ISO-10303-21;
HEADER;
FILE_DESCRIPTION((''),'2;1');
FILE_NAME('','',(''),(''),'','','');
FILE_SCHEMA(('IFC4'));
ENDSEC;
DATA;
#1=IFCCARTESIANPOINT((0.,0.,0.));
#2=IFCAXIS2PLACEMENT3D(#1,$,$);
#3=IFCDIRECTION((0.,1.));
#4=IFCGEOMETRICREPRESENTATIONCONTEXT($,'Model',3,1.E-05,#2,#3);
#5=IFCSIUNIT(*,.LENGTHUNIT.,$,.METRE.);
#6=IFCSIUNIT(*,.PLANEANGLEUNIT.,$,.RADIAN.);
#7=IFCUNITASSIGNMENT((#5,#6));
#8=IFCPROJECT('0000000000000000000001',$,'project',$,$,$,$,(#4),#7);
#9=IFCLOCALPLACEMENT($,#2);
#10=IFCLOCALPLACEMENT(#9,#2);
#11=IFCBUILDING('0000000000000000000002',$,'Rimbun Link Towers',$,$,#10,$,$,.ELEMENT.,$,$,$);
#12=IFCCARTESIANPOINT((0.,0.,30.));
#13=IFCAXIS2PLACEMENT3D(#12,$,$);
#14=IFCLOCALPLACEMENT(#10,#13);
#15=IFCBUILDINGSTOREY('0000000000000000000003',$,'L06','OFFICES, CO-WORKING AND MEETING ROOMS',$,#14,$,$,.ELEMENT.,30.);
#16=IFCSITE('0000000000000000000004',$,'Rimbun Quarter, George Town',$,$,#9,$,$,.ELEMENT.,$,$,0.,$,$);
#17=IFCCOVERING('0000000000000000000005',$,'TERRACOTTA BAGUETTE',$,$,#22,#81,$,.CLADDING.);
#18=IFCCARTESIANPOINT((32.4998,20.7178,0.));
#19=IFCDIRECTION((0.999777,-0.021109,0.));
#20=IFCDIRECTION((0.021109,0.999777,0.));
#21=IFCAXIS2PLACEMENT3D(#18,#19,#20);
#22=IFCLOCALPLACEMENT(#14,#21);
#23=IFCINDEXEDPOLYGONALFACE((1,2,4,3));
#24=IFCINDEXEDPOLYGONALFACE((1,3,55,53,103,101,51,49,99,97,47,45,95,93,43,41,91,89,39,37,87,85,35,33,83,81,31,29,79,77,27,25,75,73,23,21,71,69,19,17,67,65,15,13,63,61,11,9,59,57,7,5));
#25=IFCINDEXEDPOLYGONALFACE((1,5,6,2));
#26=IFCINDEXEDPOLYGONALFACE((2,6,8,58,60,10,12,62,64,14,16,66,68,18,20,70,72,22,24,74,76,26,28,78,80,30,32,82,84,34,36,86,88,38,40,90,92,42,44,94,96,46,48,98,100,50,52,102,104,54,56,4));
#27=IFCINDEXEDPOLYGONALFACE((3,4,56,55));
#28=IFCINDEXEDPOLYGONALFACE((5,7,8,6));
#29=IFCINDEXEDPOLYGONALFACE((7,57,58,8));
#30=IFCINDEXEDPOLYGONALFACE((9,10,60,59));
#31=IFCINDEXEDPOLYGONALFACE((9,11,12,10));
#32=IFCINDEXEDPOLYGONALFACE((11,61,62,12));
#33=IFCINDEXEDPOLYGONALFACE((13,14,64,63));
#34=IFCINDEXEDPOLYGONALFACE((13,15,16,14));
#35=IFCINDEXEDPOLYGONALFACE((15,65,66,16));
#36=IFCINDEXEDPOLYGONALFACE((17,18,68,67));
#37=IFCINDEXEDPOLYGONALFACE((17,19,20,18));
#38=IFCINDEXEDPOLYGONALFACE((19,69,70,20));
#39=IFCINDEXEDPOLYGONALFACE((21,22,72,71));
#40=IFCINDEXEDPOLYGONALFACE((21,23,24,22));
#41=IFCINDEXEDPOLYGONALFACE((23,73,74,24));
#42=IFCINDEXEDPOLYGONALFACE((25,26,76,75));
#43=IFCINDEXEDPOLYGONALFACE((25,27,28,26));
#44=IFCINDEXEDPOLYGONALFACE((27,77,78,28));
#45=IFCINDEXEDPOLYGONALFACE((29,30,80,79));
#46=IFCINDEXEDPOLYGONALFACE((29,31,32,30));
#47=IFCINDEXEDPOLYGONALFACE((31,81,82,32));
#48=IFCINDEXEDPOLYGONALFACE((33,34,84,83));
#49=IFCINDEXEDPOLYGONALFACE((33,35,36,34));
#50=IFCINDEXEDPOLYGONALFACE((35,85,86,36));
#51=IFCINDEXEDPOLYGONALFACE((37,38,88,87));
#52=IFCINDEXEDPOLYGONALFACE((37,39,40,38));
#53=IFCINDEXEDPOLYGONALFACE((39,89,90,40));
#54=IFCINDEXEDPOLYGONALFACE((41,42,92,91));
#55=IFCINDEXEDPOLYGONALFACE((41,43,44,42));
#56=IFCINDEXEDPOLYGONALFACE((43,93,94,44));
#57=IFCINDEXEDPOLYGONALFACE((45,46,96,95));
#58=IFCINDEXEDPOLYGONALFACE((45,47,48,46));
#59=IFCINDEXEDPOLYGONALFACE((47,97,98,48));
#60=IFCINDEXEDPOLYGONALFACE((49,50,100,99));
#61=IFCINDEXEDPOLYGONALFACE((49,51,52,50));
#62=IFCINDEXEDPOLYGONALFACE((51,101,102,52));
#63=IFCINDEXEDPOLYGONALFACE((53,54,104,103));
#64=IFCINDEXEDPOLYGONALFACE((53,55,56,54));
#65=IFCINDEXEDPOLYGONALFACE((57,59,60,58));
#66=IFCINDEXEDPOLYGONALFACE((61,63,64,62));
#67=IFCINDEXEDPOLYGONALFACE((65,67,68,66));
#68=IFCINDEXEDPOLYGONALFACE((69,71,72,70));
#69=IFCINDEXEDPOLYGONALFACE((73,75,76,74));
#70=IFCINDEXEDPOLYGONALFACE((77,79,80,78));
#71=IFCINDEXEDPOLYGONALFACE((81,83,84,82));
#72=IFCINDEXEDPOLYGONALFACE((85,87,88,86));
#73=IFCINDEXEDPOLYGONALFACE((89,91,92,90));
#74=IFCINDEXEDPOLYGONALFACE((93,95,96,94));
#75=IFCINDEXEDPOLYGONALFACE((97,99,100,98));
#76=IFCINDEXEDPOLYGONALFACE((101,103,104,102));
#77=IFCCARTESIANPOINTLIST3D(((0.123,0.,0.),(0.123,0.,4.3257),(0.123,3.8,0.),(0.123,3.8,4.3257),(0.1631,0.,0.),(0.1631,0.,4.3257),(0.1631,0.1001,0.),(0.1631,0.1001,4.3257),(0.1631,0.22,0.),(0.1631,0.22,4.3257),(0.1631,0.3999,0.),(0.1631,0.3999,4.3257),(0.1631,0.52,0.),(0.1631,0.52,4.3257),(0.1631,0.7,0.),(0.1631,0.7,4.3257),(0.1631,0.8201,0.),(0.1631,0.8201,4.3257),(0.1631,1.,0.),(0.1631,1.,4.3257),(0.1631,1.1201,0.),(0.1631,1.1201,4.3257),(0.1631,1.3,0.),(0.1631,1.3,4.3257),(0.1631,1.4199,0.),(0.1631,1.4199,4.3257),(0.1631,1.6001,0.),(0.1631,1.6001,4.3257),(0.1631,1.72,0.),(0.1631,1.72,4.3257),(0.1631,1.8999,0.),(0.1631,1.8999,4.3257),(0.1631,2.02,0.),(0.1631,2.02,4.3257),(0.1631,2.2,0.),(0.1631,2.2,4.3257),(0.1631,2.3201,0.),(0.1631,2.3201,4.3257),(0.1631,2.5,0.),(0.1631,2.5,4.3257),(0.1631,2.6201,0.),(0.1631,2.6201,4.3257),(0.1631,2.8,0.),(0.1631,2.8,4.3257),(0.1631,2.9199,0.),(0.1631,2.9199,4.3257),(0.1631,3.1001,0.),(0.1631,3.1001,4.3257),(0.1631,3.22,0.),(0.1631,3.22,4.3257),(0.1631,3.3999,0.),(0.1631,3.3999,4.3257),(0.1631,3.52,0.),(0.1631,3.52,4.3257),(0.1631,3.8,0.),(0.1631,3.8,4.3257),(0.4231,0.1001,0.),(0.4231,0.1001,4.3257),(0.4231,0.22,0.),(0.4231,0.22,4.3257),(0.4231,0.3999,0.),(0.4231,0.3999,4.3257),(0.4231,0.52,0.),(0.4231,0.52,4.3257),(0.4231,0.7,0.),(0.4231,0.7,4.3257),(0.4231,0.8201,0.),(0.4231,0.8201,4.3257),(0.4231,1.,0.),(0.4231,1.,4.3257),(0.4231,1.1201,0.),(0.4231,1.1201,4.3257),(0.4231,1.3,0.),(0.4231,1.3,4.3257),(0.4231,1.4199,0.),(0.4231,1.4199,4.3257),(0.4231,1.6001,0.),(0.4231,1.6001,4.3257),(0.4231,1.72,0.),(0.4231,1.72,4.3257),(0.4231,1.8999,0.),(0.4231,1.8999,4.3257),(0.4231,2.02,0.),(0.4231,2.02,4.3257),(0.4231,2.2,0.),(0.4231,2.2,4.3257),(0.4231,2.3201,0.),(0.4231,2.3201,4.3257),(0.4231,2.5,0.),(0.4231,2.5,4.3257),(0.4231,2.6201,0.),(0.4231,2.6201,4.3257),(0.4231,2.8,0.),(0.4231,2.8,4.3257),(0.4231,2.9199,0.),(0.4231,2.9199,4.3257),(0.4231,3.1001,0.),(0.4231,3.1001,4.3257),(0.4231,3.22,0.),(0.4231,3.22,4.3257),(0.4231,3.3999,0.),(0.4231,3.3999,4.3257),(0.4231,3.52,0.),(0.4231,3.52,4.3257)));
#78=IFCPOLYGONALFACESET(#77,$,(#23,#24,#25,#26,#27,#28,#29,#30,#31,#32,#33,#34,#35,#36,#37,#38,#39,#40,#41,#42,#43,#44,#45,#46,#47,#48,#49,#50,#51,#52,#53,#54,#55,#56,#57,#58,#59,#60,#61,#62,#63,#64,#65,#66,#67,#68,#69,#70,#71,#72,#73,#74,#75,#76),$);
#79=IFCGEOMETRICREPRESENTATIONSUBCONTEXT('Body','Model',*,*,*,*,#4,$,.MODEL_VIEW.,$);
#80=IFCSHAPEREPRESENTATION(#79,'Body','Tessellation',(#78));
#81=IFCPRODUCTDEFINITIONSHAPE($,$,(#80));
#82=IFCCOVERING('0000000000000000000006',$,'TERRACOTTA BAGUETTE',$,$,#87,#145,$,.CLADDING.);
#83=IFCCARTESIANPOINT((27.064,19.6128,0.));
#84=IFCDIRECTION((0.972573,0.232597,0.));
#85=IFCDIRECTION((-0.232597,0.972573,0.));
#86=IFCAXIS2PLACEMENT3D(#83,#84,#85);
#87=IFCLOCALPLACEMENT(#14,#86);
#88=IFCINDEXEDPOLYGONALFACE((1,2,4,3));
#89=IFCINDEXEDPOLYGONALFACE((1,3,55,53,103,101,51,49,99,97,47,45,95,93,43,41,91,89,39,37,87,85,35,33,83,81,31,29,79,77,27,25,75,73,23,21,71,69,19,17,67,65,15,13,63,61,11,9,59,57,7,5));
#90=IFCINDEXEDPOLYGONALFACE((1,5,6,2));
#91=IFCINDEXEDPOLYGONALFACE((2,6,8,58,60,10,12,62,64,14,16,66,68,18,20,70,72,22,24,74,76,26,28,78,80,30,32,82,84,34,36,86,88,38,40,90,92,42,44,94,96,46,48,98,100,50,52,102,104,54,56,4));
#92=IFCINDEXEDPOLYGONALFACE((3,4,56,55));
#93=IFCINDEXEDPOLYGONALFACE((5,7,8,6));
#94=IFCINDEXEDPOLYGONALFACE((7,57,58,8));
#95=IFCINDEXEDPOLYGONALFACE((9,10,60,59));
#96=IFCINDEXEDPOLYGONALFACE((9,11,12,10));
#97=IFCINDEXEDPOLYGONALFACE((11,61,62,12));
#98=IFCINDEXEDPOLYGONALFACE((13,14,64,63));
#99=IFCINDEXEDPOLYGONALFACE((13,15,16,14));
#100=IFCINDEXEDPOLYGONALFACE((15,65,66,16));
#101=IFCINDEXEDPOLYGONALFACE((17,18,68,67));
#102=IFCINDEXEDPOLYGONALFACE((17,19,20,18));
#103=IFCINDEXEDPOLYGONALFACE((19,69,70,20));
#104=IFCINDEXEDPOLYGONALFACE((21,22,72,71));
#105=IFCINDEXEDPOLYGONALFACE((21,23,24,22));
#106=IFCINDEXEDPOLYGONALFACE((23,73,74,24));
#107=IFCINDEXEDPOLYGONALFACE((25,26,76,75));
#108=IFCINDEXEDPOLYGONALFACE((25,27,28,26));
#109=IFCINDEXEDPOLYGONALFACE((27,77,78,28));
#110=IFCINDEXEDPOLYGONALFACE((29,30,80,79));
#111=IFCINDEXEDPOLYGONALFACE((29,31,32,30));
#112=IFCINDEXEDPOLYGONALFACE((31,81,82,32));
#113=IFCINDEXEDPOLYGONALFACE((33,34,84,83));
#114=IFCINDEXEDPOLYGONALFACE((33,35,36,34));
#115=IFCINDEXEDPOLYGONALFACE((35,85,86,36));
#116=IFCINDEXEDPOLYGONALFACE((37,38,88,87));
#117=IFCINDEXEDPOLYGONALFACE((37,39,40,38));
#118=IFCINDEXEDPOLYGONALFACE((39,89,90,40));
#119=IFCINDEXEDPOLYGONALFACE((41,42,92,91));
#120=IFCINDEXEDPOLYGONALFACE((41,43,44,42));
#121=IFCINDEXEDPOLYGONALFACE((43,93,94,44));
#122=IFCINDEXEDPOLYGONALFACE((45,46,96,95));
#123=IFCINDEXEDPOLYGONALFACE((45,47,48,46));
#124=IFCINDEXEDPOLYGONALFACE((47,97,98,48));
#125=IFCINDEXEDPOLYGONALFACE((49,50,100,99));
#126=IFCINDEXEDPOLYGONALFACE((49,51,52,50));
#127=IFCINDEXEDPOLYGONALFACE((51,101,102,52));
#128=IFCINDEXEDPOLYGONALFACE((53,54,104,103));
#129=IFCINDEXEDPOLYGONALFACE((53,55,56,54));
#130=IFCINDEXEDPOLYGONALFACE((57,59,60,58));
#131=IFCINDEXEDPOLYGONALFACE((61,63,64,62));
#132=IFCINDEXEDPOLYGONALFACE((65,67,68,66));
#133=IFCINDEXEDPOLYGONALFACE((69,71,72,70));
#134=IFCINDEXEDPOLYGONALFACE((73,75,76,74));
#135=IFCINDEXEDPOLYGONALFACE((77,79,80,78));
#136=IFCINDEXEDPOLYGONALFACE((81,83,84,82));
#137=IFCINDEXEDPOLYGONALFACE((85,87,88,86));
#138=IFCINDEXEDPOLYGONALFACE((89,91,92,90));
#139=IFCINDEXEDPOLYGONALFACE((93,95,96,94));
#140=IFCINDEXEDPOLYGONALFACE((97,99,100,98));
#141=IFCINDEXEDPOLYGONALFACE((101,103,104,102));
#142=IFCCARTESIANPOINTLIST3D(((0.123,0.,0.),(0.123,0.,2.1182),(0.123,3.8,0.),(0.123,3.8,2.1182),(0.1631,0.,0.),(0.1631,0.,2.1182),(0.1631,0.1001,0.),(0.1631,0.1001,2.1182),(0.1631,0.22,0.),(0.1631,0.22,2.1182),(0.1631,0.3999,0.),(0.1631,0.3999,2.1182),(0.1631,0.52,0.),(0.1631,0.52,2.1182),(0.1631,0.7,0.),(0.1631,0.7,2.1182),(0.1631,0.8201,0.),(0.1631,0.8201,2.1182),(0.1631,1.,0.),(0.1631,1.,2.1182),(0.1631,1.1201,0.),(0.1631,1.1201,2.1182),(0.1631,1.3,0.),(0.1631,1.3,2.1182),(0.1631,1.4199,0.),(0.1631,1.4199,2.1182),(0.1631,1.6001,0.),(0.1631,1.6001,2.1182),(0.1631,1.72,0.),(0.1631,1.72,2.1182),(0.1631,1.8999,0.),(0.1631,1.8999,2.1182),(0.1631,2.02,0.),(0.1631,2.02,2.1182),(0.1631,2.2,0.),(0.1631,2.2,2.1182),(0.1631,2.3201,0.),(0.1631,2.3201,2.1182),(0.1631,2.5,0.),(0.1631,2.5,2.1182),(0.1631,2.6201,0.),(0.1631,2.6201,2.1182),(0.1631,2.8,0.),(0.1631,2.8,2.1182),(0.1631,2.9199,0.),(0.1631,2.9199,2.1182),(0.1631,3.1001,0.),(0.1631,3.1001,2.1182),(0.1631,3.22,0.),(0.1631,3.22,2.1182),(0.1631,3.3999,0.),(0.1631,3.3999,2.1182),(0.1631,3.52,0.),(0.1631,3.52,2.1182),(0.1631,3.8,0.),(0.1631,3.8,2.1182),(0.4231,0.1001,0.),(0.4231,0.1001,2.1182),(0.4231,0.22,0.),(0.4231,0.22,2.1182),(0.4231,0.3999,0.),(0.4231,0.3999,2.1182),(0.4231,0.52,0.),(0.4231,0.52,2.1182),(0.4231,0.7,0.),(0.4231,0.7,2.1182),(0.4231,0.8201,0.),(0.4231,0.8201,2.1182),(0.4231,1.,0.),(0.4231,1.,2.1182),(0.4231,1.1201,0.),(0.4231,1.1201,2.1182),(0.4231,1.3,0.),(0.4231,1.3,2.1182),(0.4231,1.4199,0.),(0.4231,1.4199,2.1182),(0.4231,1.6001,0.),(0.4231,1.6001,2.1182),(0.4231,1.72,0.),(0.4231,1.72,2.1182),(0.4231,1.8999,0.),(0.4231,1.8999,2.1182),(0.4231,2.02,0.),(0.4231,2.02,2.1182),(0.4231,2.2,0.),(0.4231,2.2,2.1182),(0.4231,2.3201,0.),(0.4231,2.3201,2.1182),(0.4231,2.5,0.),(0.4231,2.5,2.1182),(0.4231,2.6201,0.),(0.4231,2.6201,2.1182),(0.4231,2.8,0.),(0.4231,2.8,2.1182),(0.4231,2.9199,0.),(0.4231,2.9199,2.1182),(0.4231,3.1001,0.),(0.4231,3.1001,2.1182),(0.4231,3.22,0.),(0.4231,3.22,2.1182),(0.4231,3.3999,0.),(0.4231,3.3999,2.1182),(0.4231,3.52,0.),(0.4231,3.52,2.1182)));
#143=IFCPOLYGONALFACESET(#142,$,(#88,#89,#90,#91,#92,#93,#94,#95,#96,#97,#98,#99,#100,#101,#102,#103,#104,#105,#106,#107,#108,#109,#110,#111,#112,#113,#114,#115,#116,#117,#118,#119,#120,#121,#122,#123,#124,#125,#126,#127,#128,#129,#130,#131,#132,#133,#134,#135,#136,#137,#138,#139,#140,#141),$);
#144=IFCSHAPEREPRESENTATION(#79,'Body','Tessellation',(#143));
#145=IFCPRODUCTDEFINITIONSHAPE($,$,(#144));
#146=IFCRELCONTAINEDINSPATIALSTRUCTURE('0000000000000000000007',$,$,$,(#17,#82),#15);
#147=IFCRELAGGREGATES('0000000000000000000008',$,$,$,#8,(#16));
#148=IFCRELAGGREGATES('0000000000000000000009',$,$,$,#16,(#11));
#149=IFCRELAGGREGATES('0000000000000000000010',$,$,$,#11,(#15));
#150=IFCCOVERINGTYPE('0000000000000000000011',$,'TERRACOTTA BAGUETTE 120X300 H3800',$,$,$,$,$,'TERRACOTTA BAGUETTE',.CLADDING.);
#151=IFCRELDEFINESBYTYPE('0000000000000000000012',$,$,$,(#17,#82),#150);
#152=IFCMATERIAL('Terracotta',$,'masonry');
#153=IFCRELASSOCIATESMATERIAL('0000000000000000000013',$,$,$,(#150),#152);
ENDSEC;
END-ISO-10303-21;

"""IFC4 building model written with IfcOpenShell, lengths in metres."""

from ifc_helpers import new_model, si_unit, direction, frame, origin, place, context, subcontext, project, spatial, polyline, outline, extrude, material, material_profile, profile_set, type_object, element, save


model = new_model("IFC4")

# Units and contexts
model_context = context("Model", 3, precision=1e-05, world=origin(), true_north=direction((0.0, 1.0)))
body_context = subcontext(model_context, "Body", "Model", "MODEL_VIEW")
ifc_project = project(units=[si_unit("LENGTHUNIT", "METRE"), si_unit("PLANEANGLEUNIT", "RADIAN")], contexts=[model_context])

# Site, building, storey
site_placement = place(None, origin())
site = spatial("IfcSite", under=ifc_project, at=site_placement, Name="Rimbun Quarter, George Town", CompositionType="ELEMENT", RefElevation=0.0)
building_placement = place(site_placement, origin())
building = spatial("IfcBuilding", under=site, at=building_placement, Name="Rimbun Link Towers", CompositionType="ELEMENT")
storey_placement = place(building_placement, frame((0.0, 0.0, 30.0)))
storey = spatial("IfcBuildingStorey", under=building, at=storey_placement, Name="L06", Description="OFFICES, CO-WORKING AND MEETING ROOMS", CompositionType="ELEMENT", Elevation=30.0)

# Coverings
ifc_material_1 = material(Name="Terracotta", Category="masonry")
ifc_material_profile_1 = material_profile(ifc_material_1, outline(polyline([(0.123, 0.0), (0.1631, 0.0), (0.1631, 0.1001), (0.4231, 0.1001), (0.4231, 0.22), (0.1631, 0.22), (0.1631, 0.3999), (0.4231, 0.3999), (0.4231, 0.52), (0.1631, 0.52), (0.1631, 0.7), (0.4231, 0.7), (0.4231, 0.8201), (0.1631, 0.8201), (0.1631, 1.0), (0.4231, 1.0), (0.4231, 1.1201), (0.1631, 1.1201), (0.1631, 1.3), (0.4231, 1.3), (0.4231, 1.4199), (0.1631, 1.4199), (0.1631, 1.6001), (0.4231, 1.6001), (0.4231, 1.72), (0.1631, 1.72), (0.1631, 1.8999), (0.4231, 1.8999), (0.4231, 2.02), (0.1631, 2.02), (0.1631, 2.2), (0.4231, 2.2), (0.4231, 2.3201), (0.1631, 2.3201), (0.1631, 2.5), (0.4231, 2.5), (0.4231, 2.6201), (0.1631, 2.6201), (0.1631, 2.8), (0.4231, 2.8), (0.4231, 2.9199), (0.1631, 2.9199), (0.1631, 3.1001), (0.4231, 3.1001), (0.4231, 3.22), (0.1631, 3.22), (0.1631, 3.3999), (0.4231, 3.3999), (0.4231, 3.52), (0.1631, 3.52), (0.1631, 3.8), (0.123, 3.8), (0.123, 0.0)])), Name="BAGUETTE 120X300")
ifc_profile_set_1 = profile_set([ifc_material_profile_1], Name="Terracotta")
covering_type = type_object("IfcCoveringType", Name="TERRACOTTA BAGUETTE 120X300 H3800", ElementType="TERRACOTTA BAGUETTE", PredefinedType="CLADDING", material=ifc_profile_set_1)
covering_1_placement = place(storey_placement, frame((32.4998, 20.7178, 0.0), z_axis=(0.999777, -0.021109, 0.0), x_axis=(0.021109, 0.999777, 0.0)))
element("IfcCovering", 1, at=covering_1_placement, inside=storey, type_object=covering_type, Name="TERRACOTTA BAGUETTE", PredefinedType="CLADDING", context=body_context, shape_type="SweptSolid", body=[
    extrude(outline(polyline([(0.123, 0.0), (0.1631, 0.0), (0.1631, 0.1001), (0.4231, 0.1001), (0.4231, 0.22), (0.1631, 0.22), (0.1631, 0.3999), (0.4231, 0.3999), (0.4231, 0.52), (0.1631, 0.52), (0.1631, 0.7), (0.4231, 0.7), (0.4231, 0.8201), (0.1631, 0.8201), (0.1631, 1.0), (0.4231, 1.0), (0.4231, 1.1201), (0.1631, 1.1201), (0.1631, 1.3), (0.4231, 1.3), (0.4231, 1.4199), (0.1631, 1.4199), (0.1631, 1.6001), (0.4231, 1.6001), (0.4231, 1.72), (0.1631, 1.72), (0.1631, 1.8999), (0.4231, 1.8999), (0.4231, 2.02), (0.1631, 2.02), (0.1631, 2.2), (0.4231, 2.2), (0.4231, 2.3201), (0.1631, 2.3201), (0.1631, 2.5), (0.4231, 2.5), (0.4231, 2.6201), (0.1631, 2.6201), (0.1631, 2.8), (0.4231, 2.8), (0.4231, 2.9199), (0.1631, 2.9199), (0.1631, 3.1001), (0.4231, 3.1001), (0.4231, 3.22), (0.1631, 3.22), (0.1631, 3.3999), (0.4231, 3.3999), (0.4231, 3.52), (0.1631, 3.52), (0.1631, 3.8), (0.123, 3.8), (0.123, 0.0)])), origin(), (0.0, 0.0, 1.0), 4.3257),
])
covering_2_placement = place(storey_placement, frame((27.064, 19.6128, 0.0), z_axis=(0.972573, 0.232597, 0.0), x_axis=(-0.232597, 0.972573, 0.0)))
element("IfcCovering", 2, at=covering_2_placement, inside=storey, type_object=covering_type, Name="TERRACOTTA BAGUETTE", PredefinedType="CLADDING", context=body_context, shape_type="SweptSolid", body=[
    extrude(outline(polyline([(0.123, 0.0), (0.1631, 0.0), (0.1631, 0.1001), (0.4231, 0.1001), (0.4231, 0.22), (0.1631, 0.22), (0.1631, 0.3999), (0.4231, 0.3999), (0.4231, 0.52), (0.1631, 0.52), (0.1631, 0.7), (0.4231, 0.7), (0.4231, 0.8201), (0.1631, 0.8201), (0.1631, 1.0), (0.4231, 1.0), (0.4231, 1.1201), (0.1631, 1.1201), (0.1631, 1.3), (0.4231, 1.3), (0.4231, 1.4199), (0.1631, 1.4199), (0.1631, 1.6001), (0.4231, 1.6001), (0.4231, 1.72), (0.1631, 1.72), (0.1631, 1.8999), (0.4231, 1.8999), (0.4231, 2.02), (0.1631, 2.02), (0.1631, 2.2), (0.4231, 2.2), (0.4231, 2.3201), (0.1631, 2.3201), (0.1631, 2.5), (0.4231, 2.5), (0.4231, 2.6201), (0.1631, 2.6201), (0.1631, 2.8), (0.4231, 2.8), (0.4231, 2.9199), (0.1631, 2.9199), (0.1631, 3.1001), (0.4231, 3.1001), (0.4231, 3.22), (0.1631, 3.22), (0.1631, 3.3999), (0.4231, 3.3999), (0.4231, 3.52), (0.1631, 3.52), (0.1631, 3.8), (0.123, 3.8), (0.123, 0.0)])), origin(), (0.0, 0.0, 1.0), 2.1182),
])

save(model, "model.ifc")
